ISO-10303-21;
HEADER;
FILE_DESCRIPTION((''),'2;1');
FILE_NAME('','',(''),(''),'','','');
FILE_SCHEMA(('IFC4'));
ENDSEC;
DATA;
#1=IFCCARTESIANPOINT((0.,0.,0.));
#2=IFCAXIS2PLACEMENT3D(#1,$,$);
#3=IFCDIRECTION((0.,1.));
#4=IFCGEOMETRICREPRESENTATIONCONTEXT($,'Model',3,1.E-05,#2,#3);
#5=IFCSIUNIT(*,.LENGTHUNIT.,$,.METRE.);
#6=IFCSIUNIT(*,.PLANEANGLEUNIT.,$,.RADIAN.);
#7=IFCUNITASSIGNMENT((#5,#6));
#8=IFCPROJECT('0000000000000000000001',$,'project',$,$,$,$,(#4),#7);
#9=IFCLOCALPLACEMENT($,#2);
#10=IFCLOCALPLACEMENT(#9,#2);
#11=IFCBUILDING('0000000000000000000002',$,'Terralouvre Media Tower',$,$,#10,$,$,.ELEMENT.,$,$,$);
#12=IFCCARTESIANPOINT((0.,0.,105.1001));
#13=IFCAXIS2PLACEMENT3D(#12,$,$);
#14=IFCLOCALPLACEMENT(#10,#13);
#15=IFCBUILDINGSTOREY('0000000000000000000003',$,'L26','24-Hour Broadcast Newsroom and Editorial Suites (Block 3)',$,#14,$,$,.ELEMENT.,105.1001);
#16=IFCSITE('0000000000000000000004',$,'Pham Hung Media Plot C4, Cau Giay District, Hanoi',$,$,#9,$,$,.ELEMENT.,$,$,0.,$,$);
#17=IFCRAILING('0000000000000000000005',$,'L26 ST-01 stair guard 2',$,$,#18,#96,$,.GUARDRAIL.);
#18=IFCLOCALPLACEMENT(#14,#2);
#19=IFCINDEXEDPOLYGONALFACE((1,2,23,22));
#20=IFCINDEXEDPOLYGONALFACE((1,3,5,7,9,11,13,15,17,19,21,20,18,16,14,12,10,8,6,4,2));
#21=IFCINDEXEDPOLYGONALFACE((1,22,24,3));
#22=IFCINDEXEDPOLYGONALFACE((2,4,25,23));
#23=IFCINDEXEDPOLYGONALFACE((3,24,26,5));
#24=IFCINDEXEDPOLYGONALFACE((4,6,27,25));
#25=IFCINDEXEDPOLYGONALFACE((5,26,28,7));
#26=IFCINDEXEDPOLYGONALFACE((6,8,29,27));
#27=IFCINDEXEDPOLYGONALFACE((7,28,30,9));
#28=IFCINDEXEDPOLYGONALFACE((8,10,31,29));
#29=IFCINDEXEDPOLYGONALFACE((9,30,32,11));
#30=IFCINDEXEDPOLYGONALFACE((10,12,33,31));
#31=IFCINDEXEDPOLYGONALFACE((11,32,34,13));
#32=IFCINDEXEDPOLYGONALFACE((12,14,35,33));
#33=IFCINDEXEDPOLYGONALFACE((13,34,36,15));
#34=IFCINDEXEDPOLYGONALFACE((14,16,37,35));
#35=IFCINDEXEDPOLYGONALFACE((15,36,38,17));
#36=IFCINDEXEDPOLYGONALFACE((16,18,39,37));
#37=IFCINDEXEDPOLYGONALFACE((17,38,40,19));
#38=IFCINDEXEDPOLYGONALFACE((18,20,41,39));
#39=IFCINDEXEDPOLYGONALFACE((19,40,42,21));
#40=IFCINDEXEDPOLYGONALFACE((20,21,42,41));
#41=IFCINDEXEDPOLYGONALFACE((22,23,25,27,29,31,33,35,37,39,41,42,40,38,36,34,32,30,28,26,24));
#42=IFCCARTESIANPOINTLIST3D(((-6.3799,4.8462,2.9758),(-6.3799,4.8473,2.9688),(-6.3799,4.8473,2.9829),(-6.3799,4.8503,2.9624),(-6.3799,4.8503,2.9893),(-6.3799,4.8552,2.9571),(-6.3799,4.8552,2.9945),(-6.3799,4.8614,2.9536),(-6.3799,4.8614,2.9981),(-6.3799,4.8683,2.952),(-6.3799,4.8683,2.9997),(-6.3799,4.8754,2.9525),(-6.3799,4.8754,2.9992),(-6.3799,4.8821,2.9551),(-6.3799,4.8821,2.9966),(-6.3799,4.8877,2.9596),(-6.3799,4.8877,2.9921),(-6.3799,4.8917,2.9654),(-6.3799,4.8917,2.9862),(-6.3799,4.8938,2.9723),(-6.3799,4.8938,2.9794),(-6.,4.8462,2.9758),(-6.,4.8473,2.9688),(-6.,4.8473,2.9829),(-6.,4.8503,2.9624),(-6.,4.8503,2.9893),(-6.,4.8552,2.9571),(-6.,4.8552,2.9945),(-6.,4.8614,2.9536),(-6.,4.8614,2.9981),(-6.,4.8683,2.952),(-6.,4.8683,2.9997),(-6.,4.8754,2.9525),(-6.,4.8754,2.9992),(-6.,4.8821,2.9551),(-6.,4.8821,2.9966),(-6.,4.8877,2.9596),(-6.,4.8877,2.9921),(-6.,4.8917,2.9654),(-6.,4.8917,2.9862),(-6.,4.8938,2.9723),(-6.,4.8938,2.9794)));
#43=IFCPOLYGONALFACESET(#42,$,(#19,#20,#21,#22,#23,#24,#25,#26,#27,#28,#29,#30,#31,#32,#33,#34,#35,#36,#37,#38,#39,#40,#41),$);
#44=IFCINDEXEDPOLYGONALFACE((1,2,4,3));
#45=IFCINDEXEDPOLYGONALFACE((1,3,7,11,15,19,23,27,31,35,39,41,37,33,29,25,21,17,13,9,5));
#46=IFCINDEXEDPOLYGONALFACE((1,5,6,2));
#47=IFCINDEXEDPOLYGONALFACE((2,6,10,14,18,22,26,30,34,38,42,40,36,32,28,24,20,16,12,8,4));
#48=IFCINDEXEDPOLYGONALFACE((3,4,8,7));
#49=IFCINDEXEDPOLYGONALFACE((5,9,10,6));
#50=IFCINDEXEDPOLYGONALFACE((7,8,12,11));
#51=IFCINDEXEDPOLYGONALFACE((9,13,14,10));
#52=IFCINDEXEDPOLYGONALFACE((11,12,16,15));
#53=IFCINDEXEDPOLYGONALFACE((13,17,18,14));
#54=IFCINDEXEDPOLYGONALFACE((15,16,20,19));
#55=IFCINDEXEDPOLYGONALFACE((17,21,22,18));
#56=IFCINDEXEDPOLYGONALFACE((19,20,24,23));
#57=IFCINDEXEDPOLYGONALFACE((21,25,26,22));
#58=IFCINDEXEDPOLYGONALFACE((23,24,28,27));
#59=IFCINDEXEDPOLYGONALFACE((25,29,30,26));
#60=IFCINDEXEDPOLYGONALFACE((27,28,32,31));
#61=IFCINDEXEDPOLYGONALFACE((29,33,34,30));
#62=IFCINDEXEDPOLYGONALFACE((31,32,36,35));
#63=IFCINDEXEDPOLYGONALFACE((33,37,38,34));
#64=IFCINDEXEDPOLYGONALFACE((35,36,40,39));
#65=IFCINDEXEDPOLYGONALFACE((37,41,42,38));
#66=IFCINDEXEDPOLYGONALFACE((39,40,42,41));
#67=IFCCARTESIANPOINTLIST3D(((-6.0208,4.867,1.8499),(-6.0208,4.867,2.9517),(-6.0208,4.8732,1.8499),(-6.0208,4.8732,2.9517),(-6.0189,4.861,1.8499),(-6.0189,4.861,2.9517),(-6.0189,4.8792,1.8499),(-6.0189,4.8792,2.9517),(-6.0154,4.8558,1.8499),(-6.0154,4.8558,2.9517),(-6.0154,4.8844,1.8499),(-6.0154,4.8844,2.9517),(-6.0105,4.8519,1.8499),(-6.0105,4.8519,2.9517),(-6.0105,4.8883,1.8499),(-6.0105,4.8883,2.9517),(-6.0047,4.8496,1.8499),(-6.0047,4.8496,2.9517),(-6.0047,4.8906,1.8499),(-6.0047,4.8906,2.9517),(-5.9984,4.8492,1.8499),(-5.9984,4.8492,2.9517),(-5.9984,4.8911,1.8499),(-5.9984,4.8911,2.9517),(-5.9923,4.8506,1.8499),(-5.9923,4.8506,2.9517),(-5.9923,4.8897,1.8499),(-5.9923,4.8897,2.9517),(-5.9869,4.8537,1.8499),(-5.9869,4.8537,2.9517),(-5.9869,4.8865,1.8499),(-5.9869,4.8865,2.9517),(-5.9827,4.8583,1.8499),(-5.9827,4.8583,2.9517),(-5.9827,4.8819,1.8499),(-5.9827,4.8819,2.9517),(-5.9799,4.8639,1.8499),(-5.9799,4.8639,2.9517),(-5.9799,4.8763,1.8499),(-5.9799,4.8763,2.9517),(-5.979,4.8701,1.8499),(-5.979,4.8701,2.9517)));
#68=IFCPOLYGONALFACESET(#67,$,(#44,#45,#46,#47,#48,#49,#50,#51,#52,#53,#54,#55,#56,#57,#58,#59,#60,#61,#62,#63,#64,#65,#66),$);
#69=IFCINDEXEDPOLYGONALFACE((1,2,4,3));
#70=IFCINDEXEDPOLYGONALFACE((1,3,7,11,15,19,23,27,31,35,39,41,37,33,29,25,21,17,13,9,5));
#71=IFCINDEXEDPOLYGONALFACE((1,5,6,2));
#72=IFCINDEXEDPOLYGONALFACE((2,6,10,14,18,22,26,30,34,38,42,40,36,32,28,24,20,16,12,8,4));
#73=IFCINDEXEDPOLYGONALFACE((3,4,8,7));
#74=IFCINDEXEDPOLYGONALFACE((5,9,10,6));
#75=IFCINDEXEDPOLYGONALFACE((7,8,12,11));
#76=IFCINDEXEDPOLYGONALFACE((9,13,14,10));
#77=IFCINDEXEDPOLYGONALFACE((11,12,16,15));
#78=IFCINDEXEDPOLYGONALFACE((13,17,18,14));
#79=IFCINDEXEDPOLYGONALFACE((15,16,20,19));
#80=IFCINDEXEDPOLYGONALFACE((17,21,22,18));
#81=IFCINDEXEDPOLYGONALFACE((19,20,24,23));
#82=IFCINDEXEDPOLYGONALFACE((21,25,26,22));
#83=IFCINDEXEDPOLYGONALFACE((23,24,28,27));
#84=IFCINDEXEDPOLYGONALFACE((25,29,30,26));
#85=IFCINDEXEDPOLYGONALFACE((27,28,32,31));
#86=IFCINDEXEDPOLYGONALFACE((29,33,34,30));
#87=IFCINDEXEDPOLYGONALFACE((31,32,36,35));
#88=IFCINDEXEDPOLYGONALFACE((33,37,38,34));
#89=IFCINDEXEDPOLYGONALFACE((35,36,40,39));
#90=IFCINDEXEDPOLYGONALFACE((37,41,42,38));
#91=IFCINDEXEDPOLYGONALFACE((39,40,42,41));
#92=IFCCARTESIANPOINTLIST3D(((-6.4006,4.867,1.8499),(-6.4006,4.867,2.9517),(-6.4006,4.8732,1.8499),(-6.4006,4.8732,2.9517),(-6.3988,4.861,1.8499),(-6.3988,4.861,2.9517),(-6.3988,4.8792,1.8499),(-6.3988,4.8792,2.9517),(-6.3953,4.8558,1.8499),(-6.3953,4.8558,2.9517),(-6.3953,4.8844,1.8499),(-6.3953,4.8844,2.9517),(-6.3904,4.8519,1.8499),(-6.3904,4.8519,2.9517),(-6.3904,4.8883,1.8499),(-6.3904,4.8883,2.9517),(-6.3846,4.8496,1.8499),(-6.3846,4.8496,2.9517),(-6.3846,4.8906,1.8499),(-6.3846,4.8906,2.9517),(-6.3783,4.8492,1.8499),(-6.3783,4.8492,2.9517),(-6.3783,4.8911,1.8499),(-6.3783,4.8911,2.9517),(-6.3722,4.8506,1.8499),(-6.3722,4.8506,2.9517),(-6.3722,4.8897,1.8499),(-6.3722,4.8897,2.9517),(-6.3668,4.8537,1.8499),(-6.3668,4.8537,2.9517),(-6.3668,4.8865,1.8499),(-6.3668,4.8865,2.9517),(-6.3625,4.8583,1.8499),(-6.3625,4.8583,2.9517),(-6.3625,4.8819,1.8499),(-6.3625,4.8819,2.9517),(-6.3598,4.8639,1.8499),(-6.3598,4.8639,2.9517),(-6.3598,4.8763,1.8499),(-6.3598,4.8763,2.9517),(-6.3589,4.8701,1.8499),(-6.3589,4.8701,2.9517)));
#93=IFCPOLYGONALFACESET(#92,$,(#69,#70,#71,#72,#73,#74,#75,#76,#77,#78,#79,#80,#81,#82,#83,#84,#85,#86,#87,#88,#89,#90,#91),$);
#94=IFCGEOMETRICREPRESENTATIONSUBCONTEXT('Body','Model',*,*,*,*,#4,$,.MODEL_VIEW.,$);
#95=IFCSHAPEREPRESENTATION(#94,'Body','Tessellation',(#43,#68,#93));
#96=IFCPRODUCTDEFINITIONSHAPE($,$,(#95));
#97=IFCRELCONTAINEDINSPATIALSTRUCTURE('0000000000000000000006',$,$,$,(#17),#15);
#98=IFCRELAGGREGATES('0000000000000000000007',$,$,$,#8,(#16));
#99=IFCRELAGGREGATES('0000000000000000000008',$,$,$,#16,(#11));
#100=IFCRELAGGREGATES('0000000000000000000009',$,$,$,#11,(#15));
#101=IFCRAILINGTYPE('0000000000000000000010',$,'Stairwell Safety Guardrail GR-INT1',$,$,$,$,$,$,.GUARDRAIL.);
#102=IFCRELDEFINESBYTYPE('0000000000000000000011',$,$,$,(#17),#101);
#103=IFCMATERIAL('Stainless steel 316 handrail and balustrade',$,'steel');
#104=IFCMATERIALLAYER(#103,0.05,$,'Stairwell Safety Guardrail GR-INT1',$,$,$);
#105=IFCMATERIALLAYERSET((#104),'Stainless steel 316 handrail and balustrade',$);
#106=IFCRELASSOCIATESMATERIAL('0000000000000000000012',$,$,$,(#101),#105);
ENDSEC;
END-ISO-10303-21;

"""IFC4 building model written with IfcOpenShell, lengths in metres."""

from ifc_helpers import new_model, si_unit, direction, frame, origin, origin_2d, place, context, subcontext, project, spatial, circle, extrude, material, layer, layer_set, type_object, element, save


model = new_model("IFC4")

# Units and contexts
model_context = context("Model", 3, precision=1e-05, world=origin(), true_north=direction((0.0, 1.0)))
body_context = subcontext(model_context, "Body", "Model", "MODEL_VIEW")
ifc_project = project(units=[si_unit("LENGTHUNIT", "METRE"), si_unit("PLANEANGLEUNIT", "RADIAN")], contexts=[model_context])

# Site, building, storey
site_placement = place(None, origin())
site = spatial("IfcSite", under=ifc_project, at=site_placement, Name="Pham Hung Media Plot C4, Cau Giay District, Hanoi", CompositionType="ELEMENT", RefElevation=0.0)
building_placement = place(site_placement, origin())
building = spatial("IfcBuilding", under=site, at=building_placement, Name="Terralouvre Media Tower", CompositionType="ELEMENT")
storey_placement = place(building_placement, frame((0.0, 0.0, 105.1001)))
storey = spatial("IfcBuildingStorey", under=building, at=storey_placement, Name="L26", Description="24-Hour Broadcast Newsroom and Editorial Suites (Block 3)", CompositionType="ELEMENT", Elevation=105.1001)

# Railing
ifc_material_1 = material(Name="Stainless steel 316 handrail and balustrade", Category="steel")
ifc_layer_1 = layer(ifc_material_1, 0.05, Name="Stairwell Safety Guardrail GR-INT1")
ifc_layer_set_1 = layer_set([ifc_layer_1], Name="Stainless steel 316 handrail and balustrade")
railing_type_1 = type_object("IfcRailingType", Name="Stairwell Safety Guardrail GR-INT1", PredefinedType="GUARDRAIL", material=ifc_layer_set_1)
railing_1_placement = place(storey_placement, frame((-6.0, 4.8701, 1.8499)))
element("IfcRailing", 1, at=railing_1_placement, inside=storey, type_object=railing_type_1, Name="L26 ST-01 stair guard 2", PredefinedType="GUARDRAIL", context=body_context, shape_type="SweptSolid", body=[
    extrude(circle(Radius=0.0239, at=origin_2d()), frame((0.0, 0.0, 1.126), z_axis=(-1.0, 0.0, 0.0), x_axis=(0.0, -1.0, 0.0)), (0.0, 0.0, 1.0), 0.3799),
    extrude(circle(Radius=0.021, at=origin_2d()), origin(), (0.0, 0.0, 1.0), 1.1018),
    extrude(circle(Radius=0.021, at=origin_2d()), frame((-0.3799, 0.0, 0.0)), (0.0, 0.0, 1.0), 1.1018),
])

save(model, "model.ifc")
